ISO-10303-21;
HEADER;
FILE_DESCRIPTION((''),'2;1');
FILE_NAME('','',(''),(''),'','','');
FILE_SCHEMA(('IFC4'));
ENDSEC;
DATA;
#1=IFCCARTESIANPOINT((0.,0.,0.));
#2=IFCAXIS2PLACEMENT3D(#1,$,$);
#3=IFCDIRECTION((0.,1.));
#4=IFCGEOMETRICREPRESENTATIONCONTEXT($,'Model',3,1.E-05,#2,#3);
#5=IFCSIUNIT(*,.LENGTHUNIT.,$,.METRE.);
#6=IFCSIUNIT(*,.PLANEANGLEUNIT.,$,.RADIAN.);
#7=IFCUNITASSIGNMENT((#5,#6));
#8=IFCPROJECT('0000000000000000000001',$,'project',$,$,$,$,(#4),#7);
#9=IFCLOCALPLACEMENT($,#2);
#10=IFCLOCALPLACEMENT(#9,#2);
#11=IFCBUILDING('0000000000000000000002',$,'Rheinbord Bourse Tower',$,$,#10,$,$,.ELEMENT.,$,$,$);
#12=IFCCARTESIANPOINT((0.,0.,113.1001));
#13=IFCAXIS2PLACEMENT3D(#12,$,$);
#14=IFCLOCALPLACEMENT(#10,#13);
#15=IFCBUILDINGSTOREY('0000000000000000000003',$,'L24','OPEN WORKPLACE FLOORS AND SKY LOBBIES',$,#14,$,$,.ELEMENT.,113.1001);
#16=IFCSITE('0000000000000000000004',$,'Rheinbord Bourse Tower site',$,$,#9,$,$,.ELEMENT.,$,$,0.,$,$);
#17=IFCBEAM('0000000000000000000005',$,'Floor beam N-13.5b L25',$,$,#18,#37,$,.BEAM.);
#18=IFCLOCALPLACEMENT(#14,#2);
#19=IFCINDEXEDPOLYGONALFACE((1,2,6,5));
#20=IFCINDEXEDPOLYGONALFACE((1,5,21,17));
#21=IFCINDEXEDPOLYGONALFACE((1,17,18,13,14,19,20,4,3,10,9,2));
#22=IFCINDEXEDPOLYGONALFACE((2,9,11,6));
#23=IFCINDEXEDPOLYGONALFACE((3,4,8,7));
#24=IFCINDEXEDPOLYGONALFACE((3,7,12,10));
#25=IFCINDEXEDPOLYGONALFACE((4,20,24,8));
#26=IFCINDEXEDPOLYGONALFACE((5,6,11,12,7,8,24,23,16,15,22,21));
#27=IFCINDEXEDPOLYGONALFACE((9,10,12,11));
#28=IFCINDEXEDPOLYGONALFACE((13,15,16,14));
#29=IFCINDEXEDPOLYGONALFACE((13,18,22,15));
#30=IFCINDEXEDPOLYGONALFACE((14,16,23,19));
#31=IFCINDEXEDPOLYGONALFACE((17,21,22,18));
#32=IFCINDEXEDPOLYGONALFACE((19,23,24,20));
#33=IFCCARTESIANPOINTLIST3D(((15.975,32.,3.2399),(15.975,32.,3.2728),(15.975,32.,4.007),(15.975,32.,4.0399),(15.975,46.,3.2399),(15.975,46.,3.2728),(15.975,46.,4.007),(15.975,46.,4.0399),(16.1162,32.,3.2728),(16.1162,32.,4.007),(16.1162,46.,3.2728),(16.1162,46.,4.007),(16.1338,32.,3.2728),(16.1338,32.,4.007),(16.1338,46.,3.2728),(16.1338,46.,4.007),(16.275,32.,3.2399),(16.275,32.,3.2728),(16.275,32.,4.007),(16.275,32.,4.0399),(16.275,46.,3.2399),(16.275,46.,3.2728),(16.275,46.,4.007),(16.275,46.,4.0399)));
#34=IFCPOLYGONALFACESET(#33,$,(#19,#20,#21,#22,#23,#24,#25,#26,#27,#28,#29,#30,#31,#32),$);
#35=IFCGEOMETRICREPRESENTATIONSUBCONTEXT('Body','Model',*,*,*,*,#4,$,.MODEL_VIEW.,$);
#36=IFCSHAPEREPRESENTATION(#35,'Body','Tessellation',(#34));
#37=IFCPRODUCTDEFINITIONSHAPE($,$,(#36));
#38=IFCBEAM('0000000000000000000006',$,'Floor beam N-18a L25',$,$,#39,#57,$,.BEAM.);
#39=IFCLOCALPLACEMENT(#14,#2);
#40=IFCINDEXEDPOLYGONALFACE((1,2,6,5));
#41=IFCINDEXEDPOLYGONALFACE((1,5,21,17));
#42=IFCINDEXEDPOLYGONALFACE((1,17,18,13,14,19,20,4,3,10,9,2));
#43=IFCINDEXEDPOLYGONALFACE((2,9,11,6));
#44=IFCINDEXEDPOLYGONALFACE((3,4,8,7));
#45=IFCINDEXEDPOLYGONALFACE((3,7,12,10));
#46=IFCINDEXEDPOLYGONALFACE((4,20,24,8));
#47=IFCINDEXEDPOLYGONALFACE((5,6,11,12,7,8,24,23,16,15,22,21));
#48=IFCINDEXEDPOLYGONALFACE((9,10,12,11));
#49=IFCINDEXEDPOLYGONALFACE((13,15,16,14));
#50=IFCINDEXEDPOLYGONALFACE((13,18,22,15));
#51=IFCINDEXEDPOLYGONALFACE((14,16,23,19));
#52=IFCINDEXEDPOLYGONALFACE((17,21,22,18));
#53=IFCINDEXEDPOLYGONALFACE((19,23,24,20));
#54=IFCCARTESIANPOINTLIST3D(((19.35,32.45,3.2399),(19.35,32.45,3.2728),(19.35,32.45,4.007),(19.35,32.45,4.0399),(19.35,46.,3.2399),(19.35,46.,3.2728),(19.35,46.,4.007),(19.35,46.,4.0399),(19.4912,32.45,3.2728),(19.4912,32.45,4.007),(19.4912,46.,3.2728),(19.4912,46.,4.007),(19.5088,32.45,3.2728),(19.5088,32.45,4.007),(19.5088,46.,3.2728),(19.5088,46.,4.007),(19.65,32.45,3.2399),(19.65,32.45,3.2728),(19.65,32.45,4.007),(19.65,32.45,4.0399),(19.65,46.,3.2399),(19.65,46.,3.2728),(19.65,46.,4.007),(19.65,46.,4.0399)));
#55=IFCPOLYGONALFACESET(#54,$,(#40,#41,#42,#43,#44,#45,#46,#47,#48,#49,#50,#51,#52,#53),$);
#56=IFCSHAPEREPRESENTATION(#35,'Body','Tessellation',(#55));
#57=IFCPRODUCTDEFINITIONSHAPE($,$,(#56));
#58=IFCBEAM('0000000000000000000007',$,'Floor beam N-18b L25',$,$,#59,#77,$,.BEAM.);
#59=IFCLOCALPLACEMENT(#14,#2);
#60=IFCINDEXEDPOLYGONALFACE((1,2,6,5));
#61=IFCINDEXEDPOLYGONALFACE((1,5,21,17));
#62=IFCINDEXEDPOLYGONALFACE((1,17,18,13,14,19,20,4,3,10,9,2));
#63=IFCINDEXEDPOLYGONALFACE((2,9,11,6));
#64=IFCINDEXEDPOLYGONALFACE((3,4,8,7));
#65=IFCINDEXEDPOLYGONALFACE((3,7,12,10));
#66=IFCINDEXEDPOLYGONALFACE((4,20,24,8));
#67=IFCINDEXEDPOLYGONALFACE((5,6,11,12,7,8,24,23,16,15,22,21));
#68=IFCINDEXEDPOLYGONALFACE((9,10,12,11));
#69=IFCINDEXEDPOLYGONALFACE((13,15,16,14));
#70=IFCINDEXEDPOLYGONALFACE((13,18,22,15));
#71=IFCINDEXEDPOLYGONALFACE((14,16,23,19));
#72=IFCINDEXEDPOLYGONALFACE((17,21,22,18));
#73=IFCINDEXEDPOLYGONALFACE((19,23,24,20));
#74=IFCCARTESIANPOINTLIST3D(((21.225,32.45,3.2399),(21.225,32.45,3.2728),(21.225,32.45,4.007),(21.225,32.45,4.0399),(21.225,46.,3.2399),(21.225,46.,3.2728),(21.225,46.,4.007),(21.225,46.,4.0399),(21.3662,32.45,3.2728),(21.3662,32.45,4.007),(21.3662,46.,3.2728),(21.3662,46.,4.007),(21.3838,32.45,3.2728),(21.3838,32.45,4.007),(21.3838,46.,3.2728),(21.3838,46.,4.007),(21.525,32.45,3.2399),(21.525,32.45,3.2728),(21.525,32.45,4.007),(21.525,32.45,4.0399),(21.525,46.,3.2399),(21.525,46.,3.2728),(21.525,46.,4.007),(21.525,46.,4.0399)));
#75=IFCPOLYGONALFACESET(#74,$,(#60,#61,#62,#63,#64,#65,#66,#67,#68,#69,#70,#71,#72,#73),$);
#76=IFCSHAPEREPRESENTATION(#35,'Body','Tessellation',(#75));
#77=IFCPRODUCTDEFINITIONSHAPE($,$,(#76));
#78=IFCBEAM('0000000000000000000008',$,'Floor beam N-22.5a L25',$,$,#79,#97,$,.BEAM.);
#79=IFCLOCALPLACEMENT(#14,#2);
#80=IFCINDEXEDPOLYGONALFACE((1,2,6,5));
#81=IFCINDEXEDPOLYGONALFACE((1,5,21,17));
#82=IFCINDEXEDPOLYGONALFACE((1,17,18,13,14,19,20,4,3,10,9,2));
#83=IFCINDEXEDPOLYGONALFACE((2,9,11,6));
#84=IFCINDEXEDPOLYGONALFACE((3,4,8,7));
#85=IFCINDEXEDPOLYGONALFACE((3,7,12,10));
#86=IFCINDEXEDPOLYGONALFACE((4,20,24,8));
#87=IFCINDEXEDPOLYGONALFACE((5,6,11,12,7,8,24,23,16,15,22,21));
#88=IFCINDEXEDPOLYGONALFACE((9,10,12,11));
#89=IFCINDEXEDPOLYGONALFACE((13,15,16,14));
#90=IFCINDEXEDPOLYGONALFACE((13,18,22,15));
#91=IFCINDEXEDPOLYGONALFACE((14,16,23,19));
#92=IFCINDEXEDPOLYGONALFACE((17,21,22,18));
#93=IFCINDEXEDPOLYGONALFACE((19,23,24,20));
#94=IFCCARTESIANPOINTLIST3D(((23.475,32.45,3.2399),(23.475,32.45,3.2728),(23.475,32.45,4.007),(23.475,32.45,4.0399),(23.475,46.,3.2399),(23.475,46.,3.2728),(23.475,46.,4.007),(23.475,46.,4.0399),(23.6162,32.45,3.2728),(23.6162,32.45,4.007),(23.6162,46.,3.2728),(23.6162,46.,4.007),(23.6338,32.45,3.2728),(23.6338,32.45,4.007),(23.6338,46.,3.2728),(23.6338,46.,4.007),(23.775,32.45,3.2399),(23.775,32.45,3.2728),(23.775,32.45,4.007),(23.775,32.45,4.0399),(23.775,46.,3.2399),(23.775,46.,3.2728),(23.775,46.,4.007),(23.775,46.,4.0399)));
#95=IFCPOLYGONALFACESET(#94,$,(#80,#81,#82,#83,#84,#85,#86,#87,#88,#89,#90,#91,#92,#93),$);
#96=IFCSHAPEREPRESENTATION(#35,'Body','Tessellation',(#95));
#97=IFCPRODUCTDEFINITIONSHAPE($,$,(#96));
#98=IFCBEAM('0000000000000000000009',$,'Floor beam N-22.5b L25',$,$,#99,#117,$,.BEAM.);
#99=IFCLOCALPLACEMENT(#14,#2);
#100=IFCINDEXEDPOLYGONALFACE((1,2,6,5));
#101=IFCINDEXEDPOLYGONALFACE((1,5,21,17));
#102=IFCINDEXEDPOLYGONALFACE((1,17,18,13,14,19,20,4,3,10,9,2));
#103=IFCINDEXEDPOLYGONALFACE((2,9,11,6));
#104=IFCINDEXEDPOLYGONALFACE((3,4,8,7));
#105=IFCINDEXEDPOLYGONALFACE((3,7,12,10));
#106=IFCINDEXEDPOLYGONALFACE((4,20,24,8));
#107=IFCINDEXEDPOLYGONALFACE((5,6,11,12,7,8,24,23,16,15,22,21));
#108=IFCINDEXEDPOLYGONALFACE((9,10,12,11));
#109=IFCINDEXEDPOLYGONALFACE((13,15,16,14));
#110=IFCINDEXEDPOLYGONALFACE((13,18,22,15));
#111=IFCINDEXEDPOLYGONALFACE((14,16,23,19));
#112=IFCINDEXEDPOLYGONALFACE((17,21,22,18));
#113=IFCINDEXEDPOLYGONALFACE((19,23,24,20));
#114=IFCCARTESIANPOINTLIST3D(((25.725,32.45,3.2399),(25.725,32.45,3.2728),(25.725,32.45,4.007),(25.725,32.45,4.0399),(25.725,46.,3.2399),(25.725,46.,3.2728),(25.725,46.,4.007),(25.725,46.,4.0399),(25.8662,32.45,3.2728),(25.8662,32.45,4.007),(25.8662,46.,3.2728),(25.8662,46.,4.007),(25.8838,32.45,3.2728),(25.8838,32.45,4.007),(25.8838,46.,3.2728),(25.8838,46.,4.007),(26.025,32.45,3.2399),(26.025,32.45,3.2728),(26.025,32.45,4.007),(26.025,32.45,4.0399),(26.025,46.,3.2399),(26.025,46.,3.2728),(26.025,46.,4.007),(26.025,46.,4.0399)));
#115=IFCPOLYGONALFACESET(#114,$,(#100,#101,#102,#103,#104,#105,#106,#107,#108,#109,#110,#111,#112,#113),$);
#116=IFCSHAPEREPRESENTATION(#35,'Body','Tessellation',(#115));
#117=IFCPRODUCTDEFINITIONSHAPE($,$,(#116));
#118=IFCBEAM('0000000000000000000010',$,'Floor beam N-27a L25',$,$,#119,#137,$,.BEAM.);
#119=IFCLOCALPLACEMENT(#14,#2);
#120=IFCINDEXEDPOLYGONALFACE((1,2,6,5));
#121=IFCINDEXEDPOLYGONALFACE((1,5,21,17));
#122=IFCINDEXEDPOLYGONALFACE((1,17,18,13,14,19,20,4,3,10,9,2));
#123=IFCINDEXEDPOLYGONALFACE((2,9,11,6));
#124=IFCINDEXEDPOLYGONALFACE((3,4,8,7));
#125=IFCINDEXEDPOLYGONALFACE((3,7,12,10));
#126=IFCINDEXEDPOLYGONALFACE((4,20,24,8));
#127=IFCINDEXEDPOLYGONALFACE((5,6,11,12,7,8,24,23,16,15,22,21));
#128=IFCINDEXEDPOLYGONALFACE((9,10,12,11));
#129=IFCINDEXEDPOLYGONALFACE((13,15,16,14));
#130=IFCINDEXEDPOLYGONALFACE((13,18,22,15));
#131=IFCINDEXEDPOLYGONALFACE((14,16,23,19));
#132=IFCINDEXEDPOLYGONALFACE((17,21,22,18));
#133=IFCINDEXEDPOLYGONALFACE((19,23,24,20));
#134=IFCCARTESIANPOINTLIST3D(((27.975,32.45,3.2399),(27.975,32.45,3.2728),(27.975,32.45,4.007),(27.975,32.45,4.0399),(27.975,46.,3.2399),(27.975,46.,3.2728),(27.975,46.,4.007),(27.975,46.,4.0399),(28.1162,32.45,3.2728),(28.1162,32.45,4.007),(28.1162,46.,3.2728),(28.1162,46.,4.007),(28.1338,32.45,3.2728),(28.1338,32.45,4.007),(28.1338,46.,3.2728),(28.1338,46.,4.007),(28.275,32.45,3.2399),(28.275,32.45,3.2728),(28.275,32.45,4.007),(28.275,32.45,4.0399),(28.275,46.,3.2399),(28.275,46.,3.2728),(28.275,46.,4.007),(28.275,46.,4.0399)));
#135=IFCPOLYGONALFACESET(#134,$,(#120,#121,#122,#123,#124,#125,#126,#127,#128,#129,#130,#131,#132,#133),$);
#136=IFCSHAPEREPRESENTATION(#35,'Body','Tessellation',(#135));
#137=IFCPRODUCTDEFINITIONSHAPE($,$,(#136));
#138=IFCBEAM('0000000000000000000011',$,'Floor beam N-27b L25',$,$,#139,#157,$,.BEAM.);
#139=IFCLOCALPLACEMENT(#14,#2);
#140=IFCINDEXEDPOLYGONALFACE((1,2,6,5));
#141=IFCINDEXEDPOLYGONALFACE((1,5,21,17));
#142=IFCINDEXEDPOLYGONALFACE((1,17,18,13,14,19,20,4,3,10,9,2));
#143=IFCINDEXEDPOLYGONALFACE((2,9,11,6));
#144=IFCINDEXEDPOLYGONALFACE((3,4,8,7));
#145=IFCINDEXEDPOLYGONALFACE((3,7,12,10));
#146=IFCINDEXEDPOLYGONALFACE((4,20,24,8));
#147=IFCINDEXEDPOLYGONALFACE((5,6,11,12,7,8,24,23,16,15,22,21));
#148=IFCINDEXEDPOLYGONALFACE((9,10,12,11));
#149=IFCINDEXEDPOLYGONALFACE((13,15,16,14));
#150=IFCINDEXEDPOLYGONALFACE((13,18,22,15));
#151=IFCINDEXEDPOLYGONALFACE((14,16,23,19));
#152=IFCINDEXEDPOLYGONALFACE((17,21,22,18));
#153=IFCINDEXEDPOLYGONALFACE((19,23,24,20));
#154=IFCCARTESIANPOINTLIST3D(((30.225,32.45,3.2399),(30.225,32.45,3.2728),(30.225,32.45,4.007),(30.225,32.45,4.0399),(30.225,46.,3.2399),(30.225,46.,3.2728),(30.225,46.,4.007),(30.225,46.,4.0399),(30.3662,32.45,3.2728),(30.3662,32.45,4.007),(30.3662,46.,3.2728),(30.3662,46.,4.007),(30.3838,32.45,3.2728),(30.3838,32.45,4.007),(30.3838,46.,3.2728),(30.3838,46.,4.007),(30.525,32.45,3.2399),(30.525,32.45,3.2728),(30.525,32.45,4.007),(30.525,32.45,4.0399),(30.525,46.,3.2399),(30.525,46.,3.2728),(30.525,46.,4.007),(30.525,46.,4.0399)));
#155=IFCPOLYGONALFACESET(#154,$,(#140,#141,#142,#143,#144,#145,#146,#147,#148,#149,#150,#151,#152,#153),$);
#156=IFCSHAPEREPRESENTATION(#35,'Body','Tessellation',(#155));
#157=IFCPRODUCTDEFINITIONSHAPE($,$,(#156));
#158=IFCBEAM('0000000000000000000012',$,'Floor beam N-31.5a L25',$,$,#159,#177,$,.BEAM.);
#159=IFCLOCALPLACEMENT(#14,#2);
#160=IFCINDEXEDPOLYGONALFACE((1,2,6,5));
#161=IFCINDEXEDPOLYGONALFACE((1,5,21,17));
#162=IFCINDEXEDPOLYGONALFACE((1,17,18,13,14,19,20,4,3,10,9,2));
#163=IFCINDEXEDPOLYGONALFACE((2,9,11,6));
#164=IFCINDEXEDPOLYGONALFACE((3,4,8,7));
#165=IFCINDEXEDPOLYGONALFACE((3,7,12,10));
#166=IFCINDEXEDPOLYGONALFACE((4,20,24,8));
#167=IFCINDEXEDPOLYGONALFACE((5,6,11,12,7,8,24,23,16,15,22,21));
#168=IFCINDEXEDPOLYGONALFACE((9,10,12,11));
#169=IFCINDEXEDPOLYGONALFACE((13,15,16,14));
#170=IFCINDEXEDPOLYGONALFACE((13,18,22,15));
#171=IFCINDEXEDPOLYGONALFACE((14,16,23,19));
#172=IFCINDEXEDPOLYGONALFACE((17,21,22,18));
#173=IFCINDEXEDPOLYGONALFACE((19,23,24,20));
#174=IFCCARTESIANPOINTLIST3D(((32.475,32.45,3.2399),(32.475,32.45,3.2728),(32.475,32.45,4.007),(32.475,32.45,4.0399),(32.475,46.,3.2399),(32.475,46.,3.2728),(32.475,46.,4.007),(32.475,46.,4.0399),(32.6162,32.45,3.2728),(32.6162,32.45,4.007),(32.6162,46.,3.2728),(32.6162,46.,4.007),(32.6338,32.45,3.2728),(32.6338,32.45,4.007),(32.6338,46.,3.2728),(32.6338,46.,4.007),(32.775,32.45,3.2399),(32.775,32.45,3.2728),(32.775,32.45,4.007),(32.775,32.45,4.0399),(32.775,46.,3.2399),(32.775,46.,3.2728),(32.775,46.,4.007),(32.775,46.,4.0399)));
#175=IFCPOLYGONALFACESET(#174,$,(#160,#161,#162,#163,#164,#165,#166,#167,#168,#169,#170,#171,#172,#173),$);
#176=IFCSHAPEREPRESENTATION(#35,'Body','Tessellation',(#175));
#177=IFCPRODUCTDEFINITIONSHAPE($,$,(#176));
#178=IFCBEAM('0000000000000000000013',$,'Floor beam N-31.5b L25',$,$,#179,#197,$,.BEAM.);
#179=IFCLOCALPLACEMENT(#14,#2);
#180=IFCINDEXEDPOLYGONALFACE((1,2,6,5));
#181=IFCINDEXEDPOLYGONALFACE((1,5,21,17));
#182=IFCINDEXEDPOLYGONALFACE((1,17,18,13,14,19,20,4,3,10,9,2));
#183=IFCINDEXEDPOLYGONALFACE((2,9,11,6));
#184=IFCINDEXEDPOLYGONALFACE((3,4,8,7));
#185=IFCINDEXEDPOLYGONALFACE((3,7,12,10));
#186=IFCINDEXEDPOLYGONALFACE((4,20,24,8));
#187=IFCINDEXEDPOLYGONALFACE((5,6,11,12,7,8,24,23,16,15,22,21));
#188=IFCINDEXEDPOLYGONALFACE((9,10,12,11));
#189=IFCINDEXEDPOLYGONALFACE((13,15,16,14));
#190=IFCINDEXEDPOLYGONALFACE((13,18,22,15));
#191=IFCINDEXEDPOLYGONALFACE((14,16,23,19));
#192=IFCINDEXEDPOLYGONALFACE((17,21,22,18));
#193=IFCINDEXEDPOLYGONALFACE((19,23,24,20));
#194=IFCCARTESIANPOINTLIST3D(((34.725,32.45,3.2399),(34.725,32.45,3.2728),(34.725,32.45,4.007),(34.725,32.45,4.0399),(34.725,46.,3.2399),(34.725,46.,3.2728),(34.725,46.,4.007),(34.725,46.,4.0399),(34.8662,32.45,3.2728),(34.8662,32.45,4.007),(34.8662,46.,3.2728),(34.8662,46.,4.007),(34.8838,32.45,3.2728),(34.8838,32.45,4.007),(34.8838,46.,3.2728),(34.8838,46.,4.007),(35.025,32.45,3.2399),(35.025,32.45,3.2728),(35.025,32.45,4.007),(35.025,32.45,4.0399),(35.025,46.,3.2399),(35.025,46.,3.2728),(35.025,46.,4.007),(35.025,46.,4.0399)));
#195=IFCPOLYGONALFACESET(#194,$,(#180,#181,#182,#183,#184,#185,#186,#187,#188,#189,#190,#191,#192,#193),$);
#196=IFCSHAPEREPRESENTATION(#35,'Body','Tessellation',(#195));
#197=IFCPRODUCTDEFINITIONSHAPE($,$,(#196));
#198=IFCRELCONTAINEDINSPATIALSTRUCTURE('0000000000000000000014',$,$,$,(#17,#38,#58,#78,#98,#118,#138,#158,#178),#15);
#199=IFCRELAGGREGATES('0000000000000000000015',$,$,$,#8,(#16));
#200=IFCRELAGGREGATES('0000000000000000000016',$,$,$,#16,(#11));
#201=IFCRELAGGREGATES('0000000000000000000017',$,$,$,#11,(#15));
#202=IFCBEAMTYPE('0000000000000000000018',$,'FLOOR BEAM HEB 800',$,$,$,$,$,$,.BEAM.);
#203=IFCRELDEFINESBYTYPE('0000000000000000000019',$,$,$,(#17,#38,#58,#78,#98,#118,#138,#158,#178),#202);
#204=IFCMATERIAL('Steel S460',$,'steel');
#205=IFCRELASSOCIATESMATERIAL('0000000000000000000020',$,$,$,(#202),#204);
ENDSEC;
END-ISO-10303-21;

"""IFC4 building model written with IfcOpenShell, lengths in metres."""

from ifc_helpers import new_model, si_unit, direction, frame, origin, origin_2d, place, context, subcontext, project, spatial, i_section, extrude, material, material_profile, profile_set, type_object, element, save


model = new_model("IFC4")

# Units and contexts
model_context = context("Model", 3, precision=1e-05, world=origin(), true_north=direction((0.0, 1.0)))
body_context = subcontext(model_context, "Body", "Model", "MODEL_VIEW")
ifc_project = project(units=[si_unit("LENGTHUNIT", "METRE"), si_unit("PLANEANGLEUNIT", "RADIAN")], contexts=[model_context])

# Site, building, storey
site_placement = place(None, origin())
site = spatial("IfcSite", under=ifc_project, at=site_placement, Name="Rheinbord Bourse Tower site", CompositionType="ELEMENT", RefElevation=0.0)
building_placement = place(site_placement, origin())
building = spatial("IfcBuilding", under=site, at=building_placement, Name="Rheinbord Bourse Tower", CompositionType="ELEMENT")
storey_placement = place(building_placement, frame((0.0, 0.0, 113.1001)))
storey = spatial("IfcBuildingStorey", under=building, at=storey_placement, Name="L24", Description="OPEN WORKPLACE FLOORS AND SKY LOBBIES", CompositionType="ELEMENT", Elevation=113.1001)

# Beams
ifc_material_1 = material(Name="Steel S460", Category="steel")
ifc_material_profile_1 = material_profile(ifc_material_1, i_section(OverallWidth=0.3, OverallDepth=0.8, WebThickness=0.0176, FlangeThickness=0.033, at=origin_2d()), Name="HEB 800")
ifc_profile_set_1 = profile_set([ifc_material_profile_1], Name="Steel S460")
beam_type_1 = type_object("IfcBeamType", Name="FLOOR BEAM HEB 800", PredefinedType="BEAM", material=ifc_profile_set_1)
beam_placement = place(storey_placement, frame((16.125, 46.0, 3.6399), z_axis=(0.0, -1.0, 0.0), x_axis=(1.0, 0.0, 0.0)))
element("IfcBeam", 1, at=beam_placement, inside=storey, type_object=beam_type_1, Name="Floor beam N-13.5b L25", PredefinedType="BEAM", context=body_context, shape_type="SweptSolid", body=[
    extrude(i_section(OverallWidth=0.3, OverallDepth=0.8, WebThickness=0.0176, FlangeThickness=0.033, at=origin_2d()), origin(), (0.0, 0.0, 1.0), 14.0),
])
for number, where, z_axis, x_axis, name in (
    (2, (19.5, 46.0, 3.6399), (0.0, -1.0, 0.0), (1.0, 0.0, 0.0), "Floor beam N-18a L25"),
    (3, (21.375, 46.0, 3.6399), (0.0, -1.0, 0.0), (1.0, 0.0, 0.0), "Floor beam N-18b L25"),
    (4, (23.625, 46.0, 3.6399), (0.0, -1.0, 0.0), (1.0, 0.0, 0.0), "Floor beam N-22.5a L25"),
    (5, (25.875, 46.0, 3.6399), (0.0, -1.0, 0.0), (1.0, 0.0, 0.0), "Floor beam N-22.5b L25"),
    (6, (28.125, 46.0, 3.6399), (0.0, -1.0, 0.0), (1.0, 0.0, 0.0), "Floor beam N-27a L25"),
    (7, (30.375, 46.0, 3.6399), (0.0, -1.0, 0.0), (1.0, 0.0, 0.0), "Floor beam N-27b L25"),
    (8, (32.625, 46.0, 3.6399), (0.0, -1.0, 0.0), (1.0, 0.0, 0.0), "Floor beam N-31.5a L25"),
    (9, (34.875, 46.0, 3.6399), (0.0, -1.0, 0.0), (1.0, 0.0, 0.0), "Floor beam N-31.5b L25"),
):
    element("IfcBeam", number, at=place(storey_placement, frame(where, z_axis=z_axis, x_axis=x_axis)), inside=storey, type_object=beam_type_1, Name=name, PredefinedType="BEAM", context=body_context, shape_type="SweptSolid", body=[
        extrude(i_section(OverallWidth=0.3, OverallDepth=0.8, WebThickness=0.0176, FlangeThickness=0.033, at=origin_2d()), origin(), (0.0, 0.0, 1.0), 13.55),
    ])

save(model, "model.ifc")
